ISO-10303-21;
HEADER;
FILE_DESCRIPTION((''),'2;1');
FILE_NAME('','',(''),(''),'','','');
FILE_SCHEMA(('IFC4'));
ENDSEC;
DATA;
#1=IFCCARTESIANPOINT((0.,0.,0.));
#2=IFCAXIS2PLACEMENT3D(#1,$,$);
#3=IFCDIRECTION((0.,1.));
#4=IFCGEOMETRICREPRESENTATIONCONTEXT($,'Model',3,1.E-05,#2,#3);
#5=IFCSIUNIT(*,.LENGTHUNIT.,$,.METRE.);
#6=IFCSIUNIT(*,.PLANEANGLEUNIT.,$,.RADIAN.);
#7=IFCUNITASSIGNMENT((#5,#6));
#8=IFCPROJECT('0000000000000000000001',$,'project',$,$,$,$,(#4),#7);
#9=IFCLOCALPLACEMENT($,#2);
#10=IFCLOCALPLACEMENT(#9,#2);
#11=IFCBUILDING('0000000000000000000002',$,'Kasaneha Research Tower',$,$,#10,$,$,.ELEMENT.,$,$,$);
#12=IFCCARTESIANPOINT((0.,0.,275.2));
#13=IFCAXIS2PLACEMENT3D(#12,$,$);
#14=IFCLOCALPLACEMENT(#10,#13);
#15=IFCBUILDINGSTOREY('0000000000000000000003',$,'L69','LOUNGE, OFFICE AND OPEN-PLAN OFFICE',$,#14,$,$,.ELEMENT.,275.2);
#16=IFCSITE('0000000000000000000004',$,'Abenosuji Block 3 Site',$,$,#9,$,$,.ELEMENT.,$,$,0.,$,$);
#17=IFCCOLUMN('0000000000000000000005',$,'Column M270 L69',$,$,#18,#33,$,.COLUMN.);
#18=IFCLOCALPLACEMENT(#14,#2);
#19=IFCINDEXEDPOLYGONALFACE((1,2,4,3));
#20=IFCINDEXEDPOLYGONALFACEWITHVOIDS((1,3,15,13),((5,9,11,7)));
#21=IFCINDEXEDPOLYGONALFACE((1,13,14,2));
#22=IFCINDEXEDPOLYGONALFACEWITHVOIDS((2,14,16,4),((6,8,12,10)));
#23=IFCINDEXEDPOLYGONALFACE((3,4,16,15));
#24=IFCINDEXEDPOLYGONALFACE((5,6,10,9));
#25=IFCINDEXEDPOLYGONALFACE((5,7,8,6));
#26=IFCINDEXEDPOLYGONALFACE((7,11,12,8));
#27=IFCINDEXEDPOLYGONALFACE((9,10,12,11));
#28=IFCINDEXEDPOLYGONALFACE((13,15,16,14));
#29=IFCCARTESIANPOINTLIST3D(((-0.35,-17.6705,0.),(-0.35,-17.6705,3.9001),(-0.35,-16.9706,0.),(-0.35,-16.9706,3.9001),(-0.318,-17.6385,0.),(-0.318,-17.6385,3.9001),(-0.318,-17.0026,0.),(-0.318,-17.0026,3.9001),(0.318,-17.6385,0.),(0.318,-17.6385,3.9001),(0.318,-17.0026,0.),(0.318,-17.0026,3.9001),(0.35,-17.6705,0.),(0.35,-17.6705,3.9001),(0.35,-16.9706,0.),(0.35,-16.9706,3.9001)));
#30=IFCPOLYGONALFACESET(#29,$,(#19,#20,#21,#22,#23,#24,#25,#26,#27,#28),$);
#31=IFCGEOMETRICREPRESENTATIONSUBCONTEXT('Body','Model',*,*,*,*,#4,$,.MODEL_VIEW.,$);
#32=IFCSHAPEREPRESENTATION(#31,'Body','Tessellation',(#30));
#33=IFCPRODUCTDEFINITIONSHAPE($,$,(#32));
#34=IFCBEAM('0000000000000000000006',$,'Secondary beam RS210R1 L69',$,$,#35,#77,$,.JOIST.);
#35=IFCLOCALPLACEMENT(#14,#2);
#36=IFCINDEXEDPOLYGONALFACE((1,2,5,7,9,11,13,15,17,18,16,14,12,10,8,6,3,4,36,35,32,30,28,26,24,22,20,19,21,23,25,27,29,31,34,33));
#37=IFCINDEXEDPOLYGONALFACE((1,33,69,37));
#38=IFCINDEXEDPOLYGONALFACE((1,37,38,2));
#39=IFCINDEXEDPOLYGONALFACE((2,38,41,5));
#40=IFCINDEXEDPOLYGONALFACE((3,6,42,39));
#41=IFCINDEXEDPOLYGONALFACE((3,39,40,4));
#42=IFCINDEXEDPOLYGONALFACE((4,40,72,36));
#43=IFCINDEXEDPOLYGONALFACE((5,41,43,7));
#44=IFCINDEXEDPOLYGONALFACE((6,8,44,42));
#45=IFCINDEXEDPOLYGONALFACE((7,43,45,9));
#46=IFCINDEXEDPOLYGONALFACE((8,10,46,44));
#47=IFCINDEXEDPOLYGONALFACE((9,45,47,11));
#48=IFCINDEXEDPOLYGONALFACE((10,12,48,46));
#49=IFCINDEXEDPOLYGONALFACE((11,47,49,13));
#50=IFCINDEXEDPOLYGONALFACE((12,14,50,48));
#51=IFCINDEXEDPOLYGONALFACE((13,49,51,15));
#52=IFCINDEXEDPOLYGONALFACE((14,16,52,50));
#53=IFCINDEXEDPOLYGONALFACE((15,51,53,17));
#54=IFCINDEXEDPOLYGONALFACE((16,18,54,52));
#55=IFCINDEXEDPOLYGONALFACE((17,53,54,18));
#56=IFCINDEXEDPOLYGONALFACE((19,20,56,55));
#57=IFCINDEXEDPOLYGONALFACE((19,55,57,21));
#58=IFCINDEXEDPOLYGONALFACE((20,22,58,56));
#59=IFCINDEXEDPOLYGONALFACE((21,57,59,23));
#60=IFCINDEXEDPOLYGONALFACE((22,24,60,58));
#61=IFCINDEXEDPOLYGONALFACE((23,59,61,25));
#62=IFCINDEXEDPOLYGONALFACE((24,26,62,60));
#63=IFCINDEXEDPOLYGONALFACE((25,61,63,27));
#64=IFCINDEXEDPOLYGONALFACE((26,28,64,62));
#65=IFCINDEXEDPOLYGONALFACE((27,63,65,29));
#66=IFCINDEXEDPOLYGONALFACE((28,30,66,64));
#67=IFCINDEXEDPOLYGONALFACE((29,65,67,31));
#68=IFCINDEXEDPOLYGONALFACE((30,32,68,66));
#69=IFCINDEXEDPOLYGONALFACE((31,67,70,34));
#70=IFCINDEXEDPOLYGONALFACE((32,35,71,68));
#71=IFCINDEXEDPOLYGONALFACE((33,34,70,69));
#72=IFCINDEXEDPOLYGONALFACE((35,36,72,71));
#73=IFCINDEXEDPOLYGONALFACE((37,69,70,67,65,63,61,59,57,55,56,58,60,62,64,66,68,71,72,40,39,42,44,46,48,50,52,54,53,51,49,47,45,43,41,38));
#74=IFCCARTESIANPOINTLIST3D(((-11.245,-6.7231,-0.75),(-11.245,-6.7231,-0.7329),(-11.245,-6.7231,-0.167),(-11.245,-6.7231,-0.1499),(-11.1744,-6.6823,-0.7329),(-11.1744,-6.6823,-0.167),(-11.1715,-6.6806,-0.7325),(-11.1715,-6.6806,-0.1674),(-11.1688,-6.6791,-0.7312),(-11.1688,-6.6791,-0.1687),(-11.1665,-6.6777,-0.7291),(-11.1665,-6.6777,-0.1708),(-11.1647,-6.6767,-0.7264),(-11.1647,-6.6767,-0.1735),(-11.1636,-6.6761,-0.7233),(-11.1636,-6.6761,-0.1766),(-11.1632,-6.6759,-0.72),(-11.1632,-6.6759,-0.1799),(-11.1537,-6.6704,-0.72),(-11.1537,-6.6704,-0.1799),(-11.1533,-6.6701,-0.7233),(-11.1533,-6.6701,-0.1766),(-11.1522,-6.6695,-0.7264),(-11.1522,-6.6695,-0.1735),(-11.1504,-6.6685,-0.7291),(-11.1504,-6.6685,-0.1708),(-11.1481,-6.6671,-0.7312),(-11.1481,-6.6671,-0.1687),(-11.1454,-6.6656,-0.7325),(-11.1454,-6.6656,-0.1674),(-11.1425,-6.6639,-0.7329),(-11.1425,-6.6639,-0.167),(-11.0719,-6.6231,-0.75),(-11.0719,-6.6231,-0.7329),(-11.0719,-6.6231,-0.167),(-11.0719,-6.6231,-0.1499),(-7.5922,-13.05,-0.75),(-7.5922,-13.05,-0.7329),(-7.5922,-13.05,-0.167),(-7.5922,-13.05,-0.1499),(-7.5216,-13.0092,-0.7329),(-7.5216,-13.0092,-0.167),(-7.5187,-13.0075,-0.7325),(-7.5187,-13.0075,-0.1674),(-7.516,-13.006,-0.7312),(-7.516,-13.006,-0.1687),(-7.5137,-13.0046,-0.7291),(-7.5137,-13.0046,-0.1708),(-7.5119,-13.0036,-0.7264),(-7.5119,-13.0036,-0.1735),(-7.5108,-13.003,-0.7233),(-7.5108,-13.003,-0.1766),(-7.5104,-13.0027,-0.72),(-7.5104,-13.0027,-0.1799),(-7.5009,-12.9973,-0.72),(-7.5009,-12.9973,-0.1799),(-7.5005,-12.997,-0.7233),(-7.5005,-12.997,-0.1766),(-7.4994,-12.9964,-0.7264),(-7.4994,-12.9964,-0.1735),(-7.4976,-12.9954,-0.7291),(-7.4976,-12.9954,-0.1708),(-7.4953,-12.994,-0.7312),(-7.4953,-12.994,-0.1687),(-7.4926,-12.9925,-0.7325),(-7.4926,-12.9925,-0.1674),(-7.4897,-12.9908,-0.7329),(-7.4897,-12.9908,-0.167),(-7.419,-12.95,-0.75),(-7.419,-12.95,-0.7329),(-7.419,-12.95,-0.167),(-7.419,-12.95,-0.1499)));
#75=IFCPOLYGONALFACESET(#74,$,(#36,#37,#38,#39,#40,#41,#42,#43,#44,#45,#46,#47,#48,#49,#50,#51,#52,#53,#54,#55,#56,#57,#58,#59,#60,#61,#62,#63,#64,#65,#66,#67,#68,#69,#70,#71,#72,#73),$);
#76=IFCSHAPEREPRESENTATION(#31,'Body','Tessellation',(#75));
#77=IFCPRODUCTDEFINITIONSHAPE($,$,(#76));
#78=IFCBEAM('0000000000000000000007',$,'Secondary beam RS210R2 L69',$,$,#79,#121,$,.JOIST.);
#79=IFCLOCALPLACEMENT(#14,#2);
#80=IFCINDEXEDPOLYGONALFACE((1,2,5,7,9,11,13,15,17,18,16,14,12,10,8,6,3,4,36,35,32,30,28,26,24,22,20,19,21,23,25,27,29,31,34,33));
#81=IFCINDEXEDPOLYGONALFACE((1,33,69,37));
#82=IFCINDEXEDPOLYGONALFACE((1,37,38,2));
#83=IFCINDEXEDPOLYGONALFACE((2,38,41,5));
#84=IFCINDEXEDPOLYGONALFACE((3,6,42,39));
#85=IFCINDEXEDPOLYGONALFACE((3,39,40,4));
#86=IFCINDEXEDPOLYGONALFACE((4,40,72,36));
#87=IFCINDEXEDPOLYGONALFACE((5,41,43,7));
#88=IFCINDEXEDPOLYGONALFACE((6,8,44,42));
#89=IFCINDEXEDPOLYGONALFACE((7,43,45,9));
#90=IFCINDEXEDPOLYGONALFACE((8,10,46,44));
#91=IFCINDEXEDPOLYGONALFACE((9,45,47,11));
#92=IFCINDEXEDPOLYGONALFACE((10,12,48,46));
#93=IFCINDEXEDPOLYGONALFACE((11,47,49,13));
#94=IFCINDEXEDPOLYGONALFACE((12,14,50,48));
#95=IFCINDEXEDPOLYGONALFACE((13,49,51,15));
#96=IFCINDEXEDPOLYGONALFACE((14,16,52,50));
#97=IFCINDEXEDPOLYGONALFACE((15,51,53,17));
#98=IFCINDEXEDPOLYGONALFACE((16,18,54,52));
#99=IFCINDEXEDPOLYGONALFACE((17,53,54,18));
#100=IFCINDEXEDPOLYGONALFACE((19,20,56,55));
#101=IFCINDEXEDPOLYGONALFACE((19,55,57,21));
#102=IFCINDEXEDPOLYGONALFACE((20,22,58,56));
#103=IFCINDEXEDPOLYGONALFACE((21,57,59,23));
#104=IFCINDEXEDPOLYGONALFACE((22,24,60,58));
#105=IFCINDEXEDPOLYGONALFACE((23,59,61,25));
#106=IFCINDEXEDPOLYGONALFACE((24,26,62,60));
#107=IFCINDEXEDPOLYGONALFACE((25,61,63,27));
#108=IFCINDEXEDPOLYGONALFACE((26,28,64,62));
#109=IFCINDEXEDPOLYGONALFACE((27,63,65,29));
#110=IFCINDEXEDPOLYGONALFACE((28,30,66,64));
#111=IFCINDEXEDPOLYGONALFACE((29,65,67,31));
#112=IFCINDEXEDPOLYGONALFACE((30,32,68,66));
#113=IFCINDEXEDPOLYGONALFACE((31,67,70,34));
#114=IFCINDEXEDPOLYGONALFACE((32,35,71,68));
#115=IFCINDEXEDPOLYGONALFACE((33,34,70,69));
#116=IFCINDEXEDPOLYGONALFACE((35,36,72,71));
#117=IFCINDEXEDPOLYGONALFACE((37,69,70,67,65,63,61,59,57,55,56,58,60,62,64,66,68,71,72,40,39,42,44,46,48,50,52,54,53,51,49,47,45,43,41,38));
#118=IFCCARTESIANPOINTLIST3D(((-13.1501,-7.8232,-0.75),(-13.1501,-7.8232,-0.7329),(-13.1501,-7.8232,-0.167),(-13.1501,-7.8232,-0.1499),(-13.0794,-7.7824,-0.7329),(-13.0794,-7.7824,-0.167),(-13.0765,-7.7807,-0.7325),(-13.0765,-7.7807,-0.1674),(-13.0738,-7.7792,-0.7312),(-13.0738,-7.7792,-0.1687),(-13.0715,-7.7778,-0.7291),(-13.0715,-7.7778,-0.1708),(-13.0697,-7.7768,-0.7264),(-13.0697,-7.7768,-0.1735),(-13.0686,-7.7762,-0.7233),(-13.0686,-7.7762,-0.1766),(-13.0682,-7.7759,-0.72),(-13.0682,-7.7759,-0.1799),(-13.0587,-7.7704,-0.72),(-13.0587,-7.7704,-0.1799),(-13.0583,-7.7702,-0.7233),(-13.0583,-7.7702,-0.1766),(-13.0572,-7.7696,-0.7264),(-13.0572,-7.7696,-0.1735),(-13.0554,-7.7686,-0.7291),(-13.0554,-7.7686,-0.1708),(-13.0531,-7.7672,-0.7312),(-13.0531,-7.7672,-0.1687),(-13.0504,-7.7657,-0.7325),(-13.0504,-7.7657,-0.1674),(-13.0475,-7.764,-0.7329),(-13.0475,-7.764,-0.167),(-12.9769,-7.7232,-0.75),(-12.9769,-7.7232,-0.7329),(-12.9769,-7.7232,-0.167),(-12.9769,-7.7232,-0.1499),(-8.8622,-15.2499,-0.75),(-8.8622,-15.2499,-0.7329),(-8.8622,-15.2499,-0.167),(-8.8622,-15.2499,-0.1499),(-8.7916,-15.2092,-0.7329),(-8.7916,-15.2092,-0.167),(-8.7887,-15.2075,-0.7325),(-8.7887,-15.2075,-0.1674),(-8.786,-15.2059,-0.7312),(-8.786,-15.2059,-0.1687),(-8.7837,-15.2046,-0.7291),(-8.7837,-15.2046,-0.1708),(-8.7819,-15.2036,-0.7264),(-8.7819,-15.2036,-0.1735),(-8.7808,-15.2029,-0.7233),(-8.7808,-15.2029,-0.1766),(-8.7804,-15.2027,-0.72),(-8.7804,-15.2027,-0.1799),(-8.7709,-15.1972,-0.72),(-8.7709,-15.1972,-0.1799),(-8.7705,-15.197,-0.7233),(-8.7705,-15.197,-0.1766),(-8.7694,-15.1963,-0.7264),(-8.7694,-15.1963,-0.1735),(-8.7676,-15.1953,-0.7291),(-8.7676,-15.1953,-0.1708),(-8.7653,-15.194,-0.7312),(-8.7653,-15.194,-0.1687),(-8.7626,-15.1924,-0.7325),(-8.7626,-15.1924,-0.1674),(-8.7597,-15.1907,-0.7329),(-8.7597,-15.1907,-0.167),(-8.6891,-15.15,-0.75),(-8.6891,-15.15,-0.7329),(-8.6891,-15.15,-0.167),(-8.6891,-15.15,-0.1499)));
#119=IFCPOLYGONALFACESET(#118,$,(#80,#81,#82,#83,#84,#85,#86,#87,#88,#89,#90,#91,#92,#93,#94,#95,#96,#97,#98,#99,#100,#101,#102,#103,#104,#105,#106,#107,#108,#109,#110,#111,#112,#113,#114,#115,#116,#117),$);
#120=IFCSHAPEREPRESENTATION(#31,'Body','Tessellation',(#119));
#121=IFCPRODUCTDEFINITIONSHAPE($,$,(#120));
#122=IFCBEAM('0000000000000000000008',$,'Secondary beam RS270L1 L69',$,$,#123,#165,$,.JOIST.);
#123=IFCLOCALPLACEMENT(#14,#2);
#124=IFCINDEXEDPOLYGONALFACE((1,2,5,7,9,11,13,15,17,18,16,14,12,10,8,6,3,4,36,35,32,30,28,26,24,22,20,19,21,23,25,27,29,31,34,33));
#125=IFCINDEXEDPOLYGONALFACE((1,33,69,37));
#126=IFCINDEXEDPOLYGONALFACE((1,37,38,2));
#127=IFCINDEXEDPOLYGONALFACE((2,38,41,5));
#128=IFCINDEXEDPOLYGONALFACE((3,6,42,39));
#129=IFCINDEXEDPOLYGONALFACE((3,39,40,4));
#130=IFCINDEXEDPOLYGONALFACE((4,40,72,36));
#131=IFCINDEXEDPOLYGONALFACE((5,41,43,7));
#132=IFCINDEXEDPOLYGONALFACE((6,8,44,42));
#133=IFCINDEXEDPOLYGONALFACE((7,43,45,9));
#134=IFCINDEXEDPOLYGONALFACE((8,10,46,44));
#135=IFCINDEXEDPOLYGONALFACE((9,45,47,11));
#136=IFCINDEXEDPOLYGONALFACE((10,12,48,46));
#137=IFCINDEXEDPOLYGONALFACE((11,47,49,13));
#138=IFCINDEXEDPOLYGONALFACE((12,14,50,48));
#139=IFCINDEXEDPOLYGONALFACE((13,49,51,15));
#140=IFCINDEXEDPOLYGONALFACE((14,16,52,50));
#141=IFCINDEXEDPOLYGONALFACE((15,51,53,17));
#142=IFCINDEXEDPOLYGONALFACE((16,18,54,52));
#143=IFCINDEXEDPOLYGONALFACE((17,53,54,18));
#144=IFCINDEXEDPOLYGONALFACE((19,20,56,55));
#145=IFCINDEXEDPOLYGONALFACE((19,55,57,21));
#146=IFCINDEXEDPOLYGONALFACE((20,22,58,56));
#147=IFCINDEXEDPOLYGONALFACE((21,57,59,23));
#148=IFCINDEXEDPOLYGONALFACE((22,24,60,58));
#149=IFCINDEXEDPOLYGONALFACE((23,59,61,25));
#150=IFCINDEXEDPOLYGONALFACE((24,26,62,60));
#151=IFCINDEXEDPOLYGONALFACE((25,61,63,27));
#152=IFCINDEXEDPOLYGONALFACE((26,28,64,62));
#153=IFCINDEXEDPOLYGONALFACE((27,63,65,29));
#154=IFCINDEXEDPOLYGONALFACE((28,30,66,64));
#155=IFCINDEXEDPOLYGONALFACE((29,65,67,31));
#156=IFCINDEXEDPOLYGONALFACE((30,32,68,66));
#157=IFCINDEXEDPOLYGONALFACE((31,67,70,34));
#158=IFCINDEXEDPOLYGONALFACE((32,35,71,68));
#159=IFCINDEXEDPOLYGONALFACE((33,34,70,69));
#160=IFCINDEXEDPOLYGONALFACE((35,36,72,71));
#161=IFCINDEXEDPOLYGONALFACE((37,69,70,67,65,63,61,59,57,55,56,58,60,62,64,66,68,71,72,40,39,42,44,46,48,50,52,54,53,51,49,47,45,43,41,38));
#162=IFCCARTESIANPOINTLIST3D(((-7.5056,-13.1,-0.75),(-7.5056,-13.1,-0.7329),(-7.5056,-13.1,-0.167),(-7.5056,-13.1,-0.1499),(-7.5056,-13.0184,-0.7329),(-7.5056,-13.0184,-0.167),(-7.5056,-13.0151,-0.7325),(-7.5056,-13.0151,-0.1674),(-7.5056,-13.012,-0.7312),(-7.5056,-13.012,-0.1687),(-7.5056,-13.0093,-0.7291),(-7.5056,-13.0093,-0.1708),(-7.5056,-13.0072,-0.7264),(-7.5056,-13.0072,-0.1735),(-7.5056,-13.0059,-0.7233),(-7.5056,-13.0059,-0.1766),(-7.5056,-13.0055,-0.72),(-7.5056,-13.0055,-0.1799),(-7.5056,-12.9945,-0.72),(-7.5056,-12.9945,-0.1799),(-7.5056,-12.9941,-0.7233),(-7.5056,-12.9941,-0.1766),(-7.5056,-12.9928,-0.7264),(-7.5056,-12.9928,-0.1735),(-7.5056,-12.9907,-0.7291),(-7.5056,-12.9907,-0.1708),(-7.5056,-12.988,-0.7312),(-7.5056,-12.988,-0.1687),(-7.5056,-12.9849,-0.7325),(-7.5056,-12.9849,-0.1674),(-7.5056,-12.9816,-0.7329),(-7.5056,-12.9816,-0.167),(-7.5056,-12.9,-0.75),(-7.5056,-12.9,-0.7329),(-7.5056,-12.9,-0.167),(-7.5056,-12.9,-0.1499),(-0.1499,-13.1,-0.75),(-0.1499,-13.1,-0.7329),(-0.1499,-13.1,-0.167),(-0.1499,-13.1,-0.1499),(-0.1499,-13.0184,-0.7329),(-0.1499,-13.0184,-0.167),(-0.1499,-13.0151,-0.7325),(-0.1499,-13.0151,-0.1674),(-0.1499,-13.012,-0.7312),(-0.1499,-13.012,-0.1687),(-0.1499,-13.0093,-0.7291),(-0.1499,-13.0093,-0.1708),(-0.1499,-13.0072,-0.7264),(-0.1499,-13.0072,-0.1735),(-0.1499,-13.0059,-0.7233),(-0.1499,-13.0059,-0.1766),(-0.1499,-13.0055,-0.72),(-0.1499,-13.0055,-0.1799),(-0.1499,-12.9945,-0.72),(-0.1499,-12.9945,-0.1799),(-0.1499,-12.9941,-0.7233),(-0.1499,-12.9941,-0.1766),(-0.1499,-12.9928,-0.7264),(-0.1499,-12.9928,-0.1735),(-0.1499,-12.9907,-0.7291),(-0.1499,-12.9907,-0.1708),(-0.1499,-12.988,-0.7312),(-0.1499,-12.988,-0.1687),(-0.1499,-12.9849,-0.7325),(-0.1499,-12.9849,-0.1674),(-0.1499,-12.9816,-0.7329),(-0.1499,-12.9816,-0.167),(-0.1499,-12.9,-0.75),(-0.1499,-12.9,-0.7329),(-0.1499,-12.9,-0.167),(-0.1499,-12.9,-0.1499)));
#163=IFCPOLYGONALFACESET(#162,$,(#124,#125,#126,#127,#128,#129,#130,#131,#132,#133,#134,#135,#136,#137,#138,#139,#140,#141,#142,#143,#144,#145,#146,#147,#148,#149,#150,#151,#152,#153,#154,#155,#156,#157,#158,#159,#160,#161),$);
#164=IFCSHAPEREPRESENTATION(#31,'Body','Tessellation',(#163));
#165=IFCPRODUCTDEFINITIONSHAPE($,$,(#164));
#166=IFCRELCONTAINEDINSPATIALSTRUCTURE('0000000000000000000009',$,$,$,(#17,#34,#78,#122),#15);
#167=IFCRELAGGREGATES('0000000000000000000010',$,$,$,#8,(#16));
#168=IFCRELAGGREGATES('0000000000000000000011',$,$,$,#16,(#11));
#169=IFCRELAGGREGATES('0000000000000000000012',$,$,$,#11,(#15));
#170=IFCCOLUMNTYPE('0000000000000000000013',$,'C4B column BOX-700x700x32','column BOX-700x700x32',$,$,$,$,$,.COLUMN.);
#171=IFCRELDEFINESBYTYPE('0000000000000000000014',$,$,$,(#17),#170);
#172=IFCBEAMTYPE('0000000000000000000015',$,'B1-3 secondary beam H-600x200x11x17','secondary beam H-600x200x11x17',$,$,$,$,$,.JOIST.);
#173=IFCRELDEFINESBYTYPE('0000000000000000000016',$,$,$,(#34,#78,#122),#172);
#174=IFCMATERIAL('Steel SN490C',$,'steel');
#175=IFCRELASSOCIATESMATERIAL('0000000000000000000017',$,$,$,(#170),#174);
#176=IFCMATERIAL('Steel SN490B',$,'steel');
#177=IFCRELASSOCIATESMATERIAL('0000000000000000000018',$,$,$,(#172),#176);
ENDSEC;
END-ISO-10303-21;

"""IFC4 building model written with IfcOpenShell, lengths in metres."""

from ifc_helpers import new_model, si_unit, direction, frame, origin, origin_2d, place, context, subcontext, project, spatial, hollow_rectangle, i_section, extrude, material, material_profile, profile_set, type_object, element, save


model = new_model("IFC4")

# Units and contexts
model_context = context("Model", 3, precision=1e-05, world=origin(), true_north=direction((0.0, 1.0)))
body_context = subcontext(model_context, "Body", "Model", "MODEL_VIEW")
ifc_project = project(units=[si_unit("LENGTHUNIT", "METRE"), si_unit("PLANEANGLEUNIT", "RADIAN")], contexts=[model_context])

# Site, building, storey
site_placement = place(None, origin())
site = spatial("IfcSite", under=ifc_project, at=site_placement, Name="Abenosuji Block 3 Site", CompositionType="ELEMENT", RefElevation=0.0)
building_placement = place(site_placement, origin())
building = spatial("IfcBuilding", under=site, at=building_placement, Name="Kasaneha Research Tower", CompositionType="ELEMENT")
storey_placement = place(building_placement, frame((0.0, 0.0, 275.2)))
storey = spatial("IfcBuildingStorey", under=building, at=storey_placement, Name="L69", Description="LOUNGE, OFFICE AND OPEN-PLAN OFFICE", CompositionType="ELEMENT", Elevation=275.2)

# Column
ifc_material_1 = material(Name="Steel SN490C", Category="steel")
ifc_material_profile_1 = material_profile(ifc_material_1, hollow_rectangle(XDim=0.7, YDim=0.7, WallThickness=0.032, at=origin_2d()), Name="BOX-700x700x32")
ifc_profile_set_1 = profile_set([ifc_material_profile_1], Name="Steel SN490C")
column_type = type_object("IfcColumnType", Name="C4B column BOX-700x700x32", Description="column BOX-700x700x32", PredefinedType="COLUMN", material=ifc_profile_set_1)
column_placement = place(storey_placement, frame((0.0, -17.3206, 0.0), z_axis=(0.0, 0.0, 1.0), x_axis=(1.0, 0.0, 0.0)))
element("IfcColumn", 1, at=column_placement, inside=storey, type_object=column_type, Name="Column M270 L69", PredefinedType="COLUMN", context=body_context, shape_type="SweptSolid", body=[
    extrude(hollow_rectangle(XDim=0.7, YDim=0.7, WallThickness=0.032, at=origin_2d()), origin(), (0.0, 0.0, 1.0), 3.9001),
])

# Beams
ifc_material_2 = material(Name="Steel SN490B", Category="steel")
ifc_material_profile_2 = material_profile(ifc_material_2, i_section(OverallWidth=0.2, OverallDepth=0.6001, WebThickness=0.011, FlangeThickness=0.0171, FilletRadius=0.0129, at=origin_2d()), Name="H-600x200x11x17")
ifc_profile_set_2 = profile_set([ifc_material_profile_2], Name="Steel SN490B")
beam_type_1 = type_object("IfcBeamType", Name="B1-3 secondary beam H-600x200x11x17", Description="secondary beam H-600x200x11x17", PredefinedType="JOIST", material=ifc_profile_set_2)
beam_1_placement = place(storey_placement, frame((-7.5056, -13.0, -0.45), z_axis=(-0.499999, 0.866026, 0.0), x_axis=(-0.866026, -0.499999, 0.0)))
element("IfcBeam", 2, at=beam_1_placement, inside=storey, type_object=beam_type_1, Name="Secondary beam RS210R1 L69", PredefinedType="JOIST", context=body_context, shape_type="SweptSolid", body=[
    extrude(i_section(OverallWidth=0.2, OverallDepth=0.6001, WebThickness=0.011, FlangeThickness=0.0171, FilletRadius=0.0129, at=origin_2d()), origin(), (0.0, 0.0, 1.0), 7.3057),
])
beam_2_placement = place(storey_placement, frame((-8.7756, -15.2, -0.45), z_axis=(-0.5, 0.866025, 0.0), x_axis=(-0.866025, -0.5, 0.0)))
element("IfcBeam", 3, at=beam_2_placement, inside=storey, type_object=beam_type_1, Name="Secondary beam RS210R2 L69", PredefinedType="JOIST", context=body_context, shape_type="SweptSolid", body=[
    extrude(i_section(OverallWidth=0.2, OverallDepth=0.6001, WebThickness=0.011, FlangeThickness=0.0171, FilletRadius=0.0129, at=origin_2d()), origin(), (0.0, 0.0, 1.0), 8.5757),
])
beam_3_placement = place(storey_placement, frame((-7.5056, -13.0, -0.45), z_axis=(1.0, 0.0, 0.0), x_axis=(0.0, 1.0, 0.0)))
element("IfcBeam", 4, at=beam_3_placement, inside=storey, type_object=beam_type_1, Name="Secondary beam RS270L1 L69", PredefinedType="JOIST", context=body_context, shape_type="SweptSolid", body=[
    extrude(i_section(OverallWidth=0.2, OverallDepth=0.6001, WebThickness=0.011, FlangeThickness=0.0171, FilletRadius=0.0129, at=origin_2d()), origin(), (0.0, 0.0, 1.0), 7.3557),
])

save(model, "model.ifc")
